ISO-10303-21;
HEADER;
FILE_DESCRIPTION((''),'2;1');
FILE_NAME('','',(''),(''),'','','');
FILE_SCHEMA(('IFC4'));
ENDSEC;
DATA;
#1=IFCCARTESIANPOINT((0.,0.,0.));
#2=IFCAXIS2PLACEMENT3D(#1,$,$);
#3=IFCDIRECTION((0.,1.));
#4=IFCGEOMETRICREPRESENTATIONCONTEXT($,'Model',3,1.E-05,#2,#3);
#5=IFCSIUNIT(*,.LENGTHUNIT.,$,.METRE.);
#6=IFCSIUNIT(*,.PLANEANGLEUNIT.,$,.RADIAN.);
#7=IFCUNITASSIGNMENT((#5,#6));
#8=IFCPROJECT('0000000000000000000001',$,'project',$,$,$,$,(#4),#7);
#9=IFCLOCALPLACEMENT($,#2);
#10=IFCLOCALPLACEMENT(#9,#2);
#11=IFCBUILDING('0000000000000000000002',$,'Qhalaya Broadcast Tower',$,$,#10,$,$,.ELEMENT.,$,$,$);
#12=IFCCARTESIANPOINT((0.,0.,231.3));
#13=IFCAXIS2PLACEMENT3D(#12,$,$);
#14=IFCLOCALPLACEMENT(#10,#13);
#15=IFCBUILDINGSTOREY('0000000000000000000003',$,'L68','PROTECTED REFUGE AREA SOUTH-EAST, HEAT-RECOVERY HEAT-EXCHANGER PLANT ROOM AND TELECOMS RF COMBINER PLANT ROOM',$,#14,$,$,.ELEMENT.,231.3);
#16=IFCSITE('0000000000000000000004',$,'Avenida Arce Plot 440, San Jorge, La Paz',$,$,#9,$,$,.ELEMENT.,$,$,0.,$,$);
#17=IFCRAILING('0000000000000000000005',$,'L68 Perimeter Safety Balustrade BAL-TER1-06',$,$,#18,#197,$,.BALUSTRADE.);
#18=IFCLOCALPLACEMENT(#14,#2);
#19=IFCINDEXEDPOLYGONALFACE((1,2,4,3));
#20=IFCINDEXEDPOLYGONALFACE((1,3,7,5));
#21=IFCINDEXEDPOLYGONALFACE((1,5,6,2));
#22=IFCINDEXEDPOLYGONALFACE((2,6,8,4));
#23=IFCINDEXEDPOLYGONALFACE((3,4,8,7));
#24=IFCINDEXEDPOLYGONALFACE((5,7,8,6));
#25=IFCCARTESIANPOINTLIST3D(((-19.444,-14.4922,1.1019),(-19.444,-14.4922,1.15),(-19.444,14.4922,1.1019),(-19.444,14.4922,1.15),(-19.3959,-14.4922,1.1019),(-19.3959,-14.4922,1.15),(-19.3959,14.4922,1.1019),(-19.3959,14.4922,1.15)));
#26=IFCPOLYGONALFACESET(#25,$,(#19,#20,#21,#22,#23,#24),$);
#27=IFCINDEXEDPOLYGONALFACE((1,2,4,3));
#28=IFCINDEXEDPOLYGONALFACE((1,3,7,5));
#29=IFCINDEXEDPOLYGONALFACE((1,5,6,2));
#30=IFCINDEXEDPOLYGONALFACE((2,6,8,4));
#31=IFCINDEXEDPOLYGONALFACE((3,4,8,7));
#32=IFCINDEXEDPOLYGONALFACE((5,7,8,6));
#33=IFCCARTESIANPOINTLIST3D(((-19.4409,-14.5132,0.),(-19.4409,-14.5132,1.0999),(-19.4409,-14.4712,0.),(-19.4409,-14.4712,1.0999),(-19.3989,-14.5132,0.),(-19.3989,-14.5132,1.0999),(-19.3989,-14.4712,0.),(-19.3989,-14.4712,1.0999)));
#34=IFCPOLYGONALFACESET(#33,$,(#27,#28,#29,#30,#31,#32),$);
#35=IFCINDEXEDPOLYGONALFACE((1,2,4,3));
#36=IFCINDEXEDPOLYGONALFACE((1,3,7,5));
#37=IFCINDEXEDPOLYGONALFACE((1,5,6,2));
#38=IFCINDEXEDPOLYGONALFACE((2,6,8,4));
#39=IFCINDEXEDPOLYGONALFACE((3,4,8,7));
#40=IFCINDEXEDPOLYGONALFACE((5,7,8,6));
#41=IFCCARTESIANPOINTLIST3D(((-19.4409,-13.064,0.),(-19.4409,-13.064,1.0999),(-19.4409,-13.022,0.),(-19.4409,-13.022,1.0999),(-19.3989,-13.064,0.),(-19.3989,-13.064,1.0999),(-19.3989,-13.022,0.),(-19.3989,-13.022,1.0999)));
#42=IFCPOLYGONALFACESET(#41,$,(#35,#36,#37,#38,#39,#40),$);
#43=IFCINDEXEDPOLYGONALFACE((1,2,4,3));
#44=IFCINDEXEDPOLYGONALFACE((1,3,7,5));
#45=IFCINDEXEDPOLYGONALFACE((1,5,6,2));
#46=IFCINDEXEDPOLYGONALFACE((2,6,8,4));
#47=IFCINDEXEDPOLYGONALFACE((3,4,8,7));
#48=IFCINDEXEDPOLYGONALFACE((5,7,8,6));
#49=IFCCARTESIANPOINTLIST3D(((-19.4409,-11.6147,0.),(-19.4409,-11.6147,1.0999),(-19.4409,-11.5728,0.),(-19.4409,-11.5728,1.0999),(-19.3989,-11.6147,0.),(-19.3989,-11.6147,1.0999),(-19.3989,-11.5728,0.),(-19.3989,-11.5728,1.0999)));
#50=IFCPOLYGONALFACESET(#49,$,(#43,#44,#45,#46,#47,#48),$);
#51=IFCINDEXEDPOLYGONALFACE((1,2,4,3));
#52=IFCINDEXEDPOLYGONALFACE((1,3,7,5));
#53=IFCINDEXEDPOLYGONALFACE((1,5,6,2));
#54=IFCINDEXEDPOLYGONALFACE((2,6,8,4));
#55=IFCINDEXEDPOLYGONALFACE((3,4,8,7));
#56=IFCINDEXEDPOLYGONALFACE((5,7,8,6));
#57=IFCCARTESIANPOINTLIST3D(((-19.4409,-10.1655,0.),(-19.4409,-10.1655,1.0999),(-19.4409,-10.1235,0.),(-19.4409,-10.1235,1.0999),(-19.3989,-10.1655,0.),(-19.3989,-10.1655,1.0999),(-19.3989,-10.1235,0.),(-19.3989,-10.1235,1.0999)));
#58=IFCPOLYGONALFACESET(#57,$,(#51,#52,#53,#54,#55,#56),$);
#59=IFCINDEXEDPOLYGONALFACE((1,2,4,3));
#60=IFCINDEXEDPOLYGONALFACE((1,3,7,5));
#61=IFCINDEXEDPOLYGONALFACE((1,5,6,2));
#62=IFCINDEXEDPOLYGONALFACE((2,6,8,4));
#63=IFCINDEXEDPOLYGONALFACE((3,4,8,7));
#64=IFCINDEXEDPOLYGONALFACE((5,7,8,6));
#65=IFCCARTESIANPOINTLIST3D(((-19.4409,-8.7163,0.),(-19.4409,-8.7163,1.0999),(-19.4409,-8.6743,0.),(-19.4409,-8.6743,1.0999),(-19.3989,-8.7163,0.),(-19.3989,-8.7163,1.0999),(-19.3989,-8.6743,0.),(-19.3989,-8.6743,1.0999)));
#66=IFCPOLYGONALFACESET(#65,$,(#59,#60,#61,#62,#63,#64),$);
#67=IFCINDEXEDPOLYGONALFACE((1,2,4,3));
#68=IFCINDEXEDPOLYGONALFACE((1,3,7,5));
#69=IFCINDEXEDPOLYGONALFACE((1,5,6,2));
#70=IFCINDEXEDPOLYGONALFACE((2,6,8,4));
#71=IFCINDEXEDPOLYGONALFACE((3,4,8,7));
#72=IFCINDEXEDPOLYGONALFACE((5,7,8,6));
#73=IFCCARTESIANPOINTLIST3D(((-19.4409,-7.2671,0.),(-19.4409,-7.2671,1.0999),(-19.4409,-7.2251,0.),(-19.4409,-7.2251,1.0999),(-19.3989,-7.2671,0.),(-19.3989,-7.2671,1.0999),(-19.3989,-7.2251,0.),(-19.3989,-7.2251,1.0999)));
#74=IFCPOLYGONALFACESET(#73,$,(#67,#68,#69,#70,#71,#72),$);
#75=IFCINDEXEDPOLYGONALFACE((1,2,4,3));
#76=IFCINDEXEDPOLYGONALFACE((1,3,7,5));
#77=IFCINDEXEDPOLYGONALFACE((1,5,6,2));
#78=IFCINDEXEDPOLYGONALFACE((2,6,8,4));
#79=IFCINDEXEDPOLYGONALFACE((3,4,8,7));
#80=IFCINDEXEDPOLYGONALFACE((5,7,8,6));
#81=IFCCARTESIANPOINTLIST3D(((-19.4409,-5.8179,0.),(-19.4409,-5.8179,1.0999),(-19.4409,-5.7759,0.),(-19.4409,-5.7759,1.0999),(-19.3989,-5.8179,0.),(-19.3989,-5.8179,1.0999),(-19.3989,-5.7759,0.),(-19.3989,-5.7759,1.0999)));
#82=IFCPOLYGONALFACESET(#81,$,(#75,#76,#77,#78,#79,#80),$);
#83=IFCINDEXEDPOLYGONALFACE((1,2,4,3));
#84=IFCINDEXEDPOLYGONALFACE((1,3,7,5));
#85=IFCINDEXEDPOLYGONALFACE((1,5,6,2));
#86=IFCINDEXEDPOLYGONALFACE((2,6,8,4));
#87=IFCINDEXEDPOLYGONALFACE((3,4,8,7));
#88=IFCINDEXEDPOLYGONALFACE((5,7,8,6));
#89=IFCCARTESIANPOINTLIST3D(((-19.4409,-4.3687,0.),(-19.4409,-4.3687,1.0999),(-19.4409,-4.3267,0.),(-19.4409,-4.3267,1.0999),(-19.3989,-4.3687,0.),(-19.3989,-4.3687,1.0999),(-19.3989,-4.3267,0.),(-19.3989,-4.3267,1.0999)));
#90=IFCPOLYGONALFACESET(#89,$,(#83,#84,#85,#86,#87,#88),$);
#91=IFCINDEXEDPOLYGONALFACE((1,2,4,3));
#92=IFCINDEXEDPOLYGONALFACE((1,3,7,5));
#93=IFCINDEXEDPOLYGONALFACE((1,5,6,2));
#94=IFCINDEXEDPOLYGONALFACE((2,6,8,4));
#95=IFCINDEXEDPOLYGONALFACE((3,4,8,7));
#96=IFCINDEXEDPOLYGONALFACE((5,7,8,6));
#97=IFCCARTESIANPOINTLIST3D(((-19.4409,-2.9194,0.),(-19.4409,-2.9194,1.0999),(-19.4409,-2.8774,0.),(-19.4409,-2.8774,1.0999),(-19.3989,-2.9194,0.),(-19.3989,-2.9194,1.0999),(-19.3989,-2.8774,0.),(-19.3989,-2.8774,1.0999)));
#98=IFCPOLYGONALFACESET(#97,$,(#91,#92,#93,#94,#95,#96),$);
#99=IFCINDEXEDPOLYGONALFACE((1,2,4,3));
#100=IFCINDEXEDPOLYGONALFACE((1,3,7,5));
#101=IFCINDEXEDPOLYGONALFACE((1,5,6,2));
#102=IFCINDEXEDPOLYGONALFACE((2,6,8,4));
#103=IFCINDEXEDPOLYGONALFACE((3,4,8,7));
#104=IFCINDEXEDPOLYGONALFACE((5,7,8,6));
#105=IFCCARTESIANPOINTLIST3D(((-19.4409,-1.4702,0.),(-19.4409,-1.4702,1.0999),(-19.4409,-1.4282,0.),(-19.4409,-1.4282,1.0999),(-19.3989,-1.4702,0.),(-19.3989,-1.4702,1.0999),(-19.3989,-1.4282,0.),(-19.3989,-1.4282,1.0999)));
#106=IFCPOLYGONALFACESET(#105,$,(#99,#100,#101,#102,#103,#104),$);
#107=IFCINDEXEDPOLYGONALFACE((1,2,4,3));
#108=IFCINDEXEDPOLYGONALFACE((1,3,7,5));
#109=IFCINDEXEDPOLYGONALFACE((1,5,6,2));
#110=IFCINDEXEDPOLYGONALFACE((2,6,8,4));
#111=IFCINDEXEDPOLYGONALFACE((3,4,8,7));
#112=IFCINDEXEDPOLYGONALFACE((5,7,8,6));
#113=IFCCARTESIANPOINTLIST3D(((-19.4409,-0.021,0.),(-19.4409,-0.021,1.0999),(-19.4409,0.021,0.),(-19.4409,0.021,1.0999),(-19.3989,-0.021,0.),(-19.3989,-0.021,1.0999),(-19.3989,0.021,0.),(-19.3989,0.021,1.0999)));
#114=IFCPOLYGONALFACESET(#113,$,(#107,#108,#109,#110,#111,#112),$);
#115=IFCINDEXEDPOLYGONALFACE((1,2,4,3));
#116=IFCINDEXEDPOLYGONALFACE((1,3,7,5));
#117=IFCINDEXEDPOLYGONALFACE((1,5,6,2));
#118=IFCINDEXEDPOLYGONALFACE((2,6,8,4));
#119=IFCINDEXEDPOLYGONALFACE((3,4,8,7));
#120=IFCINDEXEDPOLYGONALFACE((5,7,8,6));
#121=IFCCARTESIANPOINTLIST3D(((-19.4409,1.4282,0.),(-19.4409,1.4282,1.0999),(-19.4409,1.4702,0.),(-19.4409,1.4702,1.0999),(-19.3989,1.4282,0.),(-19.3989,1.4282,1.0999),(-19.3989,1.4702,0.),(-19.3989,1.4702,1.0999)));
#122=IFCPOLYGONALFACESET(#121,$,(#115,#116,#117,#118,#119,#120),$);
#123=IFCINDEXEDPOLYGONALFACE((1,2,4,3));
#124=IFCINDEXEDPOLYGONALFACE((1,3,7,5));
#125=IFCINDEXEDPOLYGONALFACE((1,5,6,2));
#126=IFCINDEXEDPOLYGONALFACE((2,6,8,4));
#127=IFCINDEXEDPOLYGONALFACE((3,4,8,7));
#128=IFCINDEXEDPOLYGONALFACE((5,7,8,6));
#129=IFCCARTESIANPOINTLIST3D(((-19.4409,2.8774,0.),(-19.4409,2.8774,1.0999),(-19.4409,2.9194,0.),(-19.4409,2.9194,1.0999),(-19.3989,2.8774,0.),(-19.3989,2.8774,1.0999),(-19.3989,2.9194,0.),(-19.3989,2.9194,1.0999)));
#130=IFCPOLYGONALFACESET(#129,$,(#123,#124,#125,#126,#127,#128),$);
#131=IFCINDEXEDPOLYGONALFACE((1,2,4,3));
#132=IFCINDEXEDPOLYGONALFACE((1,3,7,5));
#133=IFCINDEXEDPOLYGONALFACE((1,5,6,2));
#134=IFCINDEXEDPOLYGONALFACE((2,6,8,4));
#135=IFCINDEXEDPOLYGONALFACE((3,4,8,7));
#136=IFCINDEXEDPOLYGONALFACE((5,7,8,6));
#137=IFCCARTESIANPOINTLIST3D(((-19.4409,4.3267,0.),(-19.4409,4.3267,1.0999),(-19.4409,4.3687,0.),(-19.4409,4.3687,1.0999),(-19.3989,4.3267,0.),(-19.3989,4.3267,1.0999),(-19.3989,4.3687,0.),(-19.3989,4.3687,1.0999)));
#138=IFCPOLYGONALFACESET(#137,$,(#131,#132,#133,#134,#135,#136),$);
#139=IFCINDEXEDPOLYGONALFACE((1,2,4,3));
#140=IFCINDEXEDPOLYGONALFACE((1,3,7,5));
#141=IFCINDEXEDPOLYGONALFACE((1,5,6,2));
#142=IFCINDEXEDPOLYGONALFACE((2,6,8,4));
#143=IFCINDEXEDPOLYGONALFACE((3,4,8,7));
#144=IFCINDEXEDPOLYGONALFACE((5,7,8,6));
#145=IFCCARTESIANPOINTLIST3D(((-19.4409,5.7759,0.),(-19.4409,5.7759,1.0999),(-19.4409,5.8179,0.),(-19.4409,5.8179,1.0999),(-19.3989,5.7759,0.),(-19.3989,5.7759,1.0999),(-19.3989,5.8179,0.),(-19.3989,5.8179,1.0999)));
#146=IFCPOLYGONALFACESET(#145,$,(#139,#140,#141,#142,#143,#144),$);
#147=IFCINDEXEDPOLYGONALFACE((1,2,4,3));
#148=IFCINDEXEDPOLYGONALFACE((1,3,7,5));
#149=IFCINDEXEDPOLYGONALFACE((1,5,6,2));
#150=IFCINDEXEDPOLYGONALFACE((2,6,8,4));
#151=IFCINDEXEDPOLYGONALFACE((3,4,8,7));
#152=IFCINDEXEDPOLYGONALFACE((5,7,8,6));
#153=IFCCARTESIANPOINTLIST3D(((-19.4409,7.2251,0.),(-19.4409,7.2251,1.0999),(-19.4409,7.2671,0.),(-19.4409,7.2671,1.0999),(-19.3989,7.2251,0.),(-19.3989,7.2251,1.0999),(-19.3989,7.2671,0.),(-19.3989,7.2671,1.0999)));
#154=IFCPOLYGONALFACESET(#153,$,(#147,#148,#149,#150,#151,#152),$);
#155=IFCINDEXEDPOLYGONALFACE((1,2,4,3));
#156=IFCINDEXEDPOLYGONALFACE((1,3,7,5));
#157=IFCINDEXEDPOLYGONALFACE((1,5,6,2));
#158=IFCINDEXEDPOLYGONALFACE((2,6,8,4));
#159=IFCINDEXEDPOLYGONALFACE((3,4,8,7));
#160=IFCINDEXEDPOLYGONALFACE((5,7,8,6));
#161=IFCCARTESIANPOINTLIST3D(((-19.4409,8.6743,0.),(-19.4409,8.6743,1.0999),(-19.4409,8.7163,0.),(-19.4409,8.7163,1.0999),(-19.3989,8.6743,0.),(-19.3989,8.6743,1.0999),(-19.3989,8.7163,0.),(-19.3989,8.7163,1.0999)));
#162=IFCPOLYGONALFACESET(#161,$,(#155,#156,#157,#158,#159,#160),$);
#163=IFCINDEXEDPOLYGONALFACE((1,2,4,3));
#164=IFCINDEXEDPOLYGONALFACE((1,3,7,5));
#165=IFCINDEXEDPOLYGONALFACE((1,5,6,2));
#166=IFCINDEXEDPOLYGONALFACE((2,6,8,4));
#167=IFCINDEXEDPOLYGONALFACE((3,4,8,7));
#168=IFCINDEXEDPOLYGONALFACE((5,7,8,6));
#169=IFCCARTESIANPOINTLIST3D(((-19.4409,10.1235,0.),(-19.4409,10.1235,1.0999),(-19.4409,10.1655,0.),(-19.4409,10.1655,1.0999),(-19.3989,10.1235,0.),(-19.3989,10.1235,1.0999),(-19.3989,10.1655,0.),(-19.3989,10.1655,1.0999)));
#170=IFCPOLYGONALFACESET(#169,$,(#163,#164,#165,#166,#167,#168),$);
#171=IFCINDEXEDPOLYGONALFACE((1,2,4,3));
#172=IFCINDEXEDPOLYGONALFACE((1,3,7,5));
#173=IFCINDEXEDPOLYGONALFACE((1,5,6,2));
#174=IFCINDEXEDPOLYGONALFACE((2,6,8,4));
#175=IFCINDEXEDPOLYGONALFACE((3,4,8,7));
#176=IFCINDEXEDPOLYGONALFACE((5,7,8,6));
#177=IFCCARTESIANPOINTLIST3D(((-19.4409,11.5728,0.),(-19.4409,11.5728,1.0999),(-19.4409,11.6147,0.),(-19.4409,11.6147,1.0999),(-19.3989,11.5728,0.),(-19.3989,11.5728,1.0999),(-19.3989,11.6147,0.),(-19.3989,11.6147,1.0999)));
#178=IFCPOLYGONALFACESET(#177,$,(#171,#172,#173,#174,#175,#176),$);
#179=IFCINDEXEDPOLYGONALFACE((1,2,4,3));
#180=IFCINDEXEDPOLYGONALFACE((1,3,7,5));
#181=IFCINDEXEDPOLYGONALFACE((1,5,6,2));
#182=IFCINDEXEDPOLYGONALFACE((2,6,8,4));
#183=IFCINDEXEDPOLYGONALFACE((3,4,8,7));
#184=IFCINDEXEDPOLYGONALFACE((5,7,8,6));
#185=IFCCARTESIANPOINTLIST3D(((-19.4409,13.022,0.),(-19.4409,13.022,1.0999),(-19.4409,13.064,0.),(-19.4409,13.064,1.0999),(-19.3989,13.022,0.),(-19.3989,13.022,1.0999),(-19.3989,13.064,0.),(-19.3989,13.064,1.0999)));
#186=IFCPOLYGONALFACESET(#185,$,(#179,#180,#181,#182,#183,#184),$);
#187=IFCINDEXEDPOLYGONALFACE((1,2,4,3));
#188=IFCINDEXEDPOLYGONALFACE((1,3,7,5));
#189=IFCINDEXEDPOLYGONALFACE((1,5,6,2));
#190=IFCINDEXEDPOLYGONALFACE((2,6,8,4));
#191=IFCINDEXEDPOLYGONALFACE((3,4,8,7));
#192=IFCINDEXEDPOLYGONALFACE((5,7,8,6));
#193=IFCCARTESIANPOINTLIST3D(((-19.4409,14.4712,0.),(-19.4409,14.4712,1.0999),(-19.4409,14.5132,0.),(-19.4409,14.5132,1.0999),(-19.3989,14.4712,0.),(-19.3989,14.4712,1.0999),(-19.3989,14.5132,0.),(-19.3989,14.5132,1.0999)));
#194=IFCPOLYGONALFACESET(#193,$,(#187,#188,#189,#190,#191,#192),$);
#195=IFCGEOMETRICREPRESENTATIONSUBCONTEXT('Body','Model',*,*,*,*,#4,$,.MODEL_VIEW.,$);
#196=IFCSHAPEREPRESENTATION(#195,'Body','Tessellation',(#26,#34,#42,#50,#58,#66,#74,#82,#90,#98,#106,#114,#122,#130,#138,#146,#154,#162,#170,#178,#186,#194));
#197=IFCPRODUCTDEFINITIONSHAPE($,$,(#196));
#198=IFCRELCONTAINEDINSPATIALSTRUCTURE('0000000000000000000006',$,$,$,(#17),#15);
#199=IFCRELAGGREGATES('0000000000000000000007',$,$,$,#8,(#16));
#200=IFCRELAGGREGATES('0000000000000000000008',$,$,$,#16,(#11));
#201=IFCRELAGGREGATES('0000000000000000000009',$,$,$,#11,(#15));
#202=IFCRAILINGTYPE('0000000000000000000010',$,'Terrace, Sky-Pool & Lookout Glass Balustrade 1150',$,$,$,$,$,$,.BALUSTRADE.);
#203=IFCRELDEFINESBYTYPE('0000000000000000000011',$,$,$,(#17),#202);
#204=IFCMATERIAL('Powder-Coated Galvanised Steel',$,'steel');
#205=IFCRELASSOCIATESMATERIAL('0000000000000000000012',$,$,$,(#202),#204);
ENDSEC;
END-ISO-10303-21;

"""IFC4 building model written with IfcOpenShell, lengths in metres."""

from ifc_helpers import new_model, si_unit, direction, frame, origin, origin_2d, place, context, subcontext, project, spatial, rectangle, extrude, material, type_object, element, save


model = new_model("IFC4")

# Units and contexts
model_context = context("Model", 3, precision=1e-05, world=origin(), true_north=direction((0.0, 1.0)))
body_context = subcontext(model_context, "Body", "Model", "MODEL_VIEW")
ifc_project = project(units=[si_unit("LENGTHUNIT", "METRE"), si_unit("PLANEANGLEUNIT", "RADIAN")], contexts=[model_context])

# Site, building, storey
site_placement = place(None, origin())
site = spatial("IfcSite", under=ifc_project, at=site_placement, Name="Avenida Arce Plot 440, San Jorge, La Paz", CompositionType="ELEMENT", RefElevation=0.0)
building_placement = place(site_placement, origin())
building = spatial("IfcBuilding", under=site, at=building_placement, Name="Qhalaya Broadcast Tower", CompositionType="ELEMENT")
storey_placement = place(building_placement, frame((0.0, 0.0, 231.3)))
storey = spatial("IfcBuildingStorey", under=building, at=storey_placement, Name="L68", Description="PROTECTED REFUGE AREA SOUTH-EAST, HEAT-RECOVERY HEAT-EXCHANGER PLANT ROOM AND TELECOMS RF COMBINER PLANT ROOM", CompositionType="ELEMENT", Elevation=231.3)

# Railing
ifc_material_1 = material(Name="Powder-Coated Galvanised Steel", Category="steel")
railing_type = type_object("IfcRailingType", Name="Terrace, Sky-Pool & Lookout Glass Balustrade 1150", PredefinedType="BALUSTRADE", material=ifc_material_1)
railing_1_placement = place(storey_placement, frame((-19.4199, -14.4922, 0.0)))
element("IfcRailing", 1, at=railing_1_placement, inside=storey, type_object=railing_type, Name="L68 Perimeter Safety Balustrade BAL-TER1-06", PredefinedType="BALUSTRADE", context=body_context, shape_type="SweptSolid", body=[
    extrude(rectangle(XDim=0.0481, YDim=0.0481, at=origin_2d()), frame((0.0, 0.0, 1.126), z_axis=(0.0, 1.0, 0.0), x_axis=(-1.0, 0.0, 0.0)), (0.0, 0.0, 1.0), 28.9844),
    extrude(rectangle(XDim=0.042, YDim=0.042, at=origin_2d()), origin(), (0.0, 0.0, 1.0), 1.0999),
    extrude(rectangle(XDim=0.042, YDim=0.042, at=origin_2d()), frame((0.0, 1.4492, 0.0)), (0.0, 0.0, 1.0), 1.0999),
    extrude(rectangle(XDim=0.042, YDim=0.042, at=origin_2d()), frame((0.0, 2.8984, 0.0)), (0.0, 0.0, 1.0), 1.0999),
    extrude(rectangle(XDim=0.042, YDim=0.042, at=origin_2d()), frame((0.0, 4.3477, 0.0)), (0.0, 0.0, 1.0), 1.0999),
    extrude(rectangle(XDim=0.042, YDim=0.042, at=origin_2d()), frame((0.0, 5.7969, 0.0)), (0.0, 0.0, 1.0), 1.0999),
    extrude(rectangle(XDim=0.042, YDim=0.042, at=origin_2d()), frame((0.0, 7.2461, 0.0)), (0.0, 0.0, 1.0), 1.0999),
    extrude(rectangle(XDim=0.042, YDim=0.042, at=origin_2d()), frame((0.0, 8.6953, 0.0)), (0.0, 0.0, 1.0), 1.0999),
    extrude(rectangle(XDim=0.042, YDim=0.042, at=origin_2d()), frame((0.0, 10.1445, 0.0)), (0.0, 0.0, 1.0), 1.0999),
    extrude(rectangle(XDim=0.042, YDim=0.042, at=origin_2d()), frame((0.0, 11.5938, 0.0)), (0.0, 0.0, 1.0), 1.0999),
    extrude(rectangle(XDim=0.042, YDim=0.042, at=origin_2d()), frame((0.0, 13.043, 0.0)), (0.0, 0.0, 1.0), 1.0999),
    extrude(rectangle(XDim=0.042, YDim=0.042, at=origin_2d()), frame((0.0, 14.4922, 0.0)), (0.0, 0.0, 1.0), 1.0999),
    extrude(rectangle(XDim=0.042, YDim=0.042, at=origin_2d()), frame((0.0, 15.9414, 0.0)), (0.0, 0.0, 1.0), 1.0999),
    extrude(rectangle(XDim=0.042, YDim=0.042, at=origin_2d()), frame((0.0, 17.3906, 0.0)), (0.0, 0.0, 1.0), 1.0999),
    extrude(rectangle(XDim=0.042, YDim=0.042, at=origin_2d()), frame((0.0, 18.8398, 0.0)), (0.0, 0.0, 1.0), 1.0999),
    extrude(rectangle(XDim=0.042, YDim=0.042, at=origin_2d()), frame((0.0, 20.2891, 0.0)), (0.0, 0.0, 1.0), 1.0999),
    extrude(rectangle(XDim=0.042, YDim=0.042, at=origin_2d()), frame((0.0, 21.7383, 0.0)), (0.0, 0.0, 1.0), 1.0999),
    extrude(rectangle(XDim=0.042, YDim=0.042, at=origin_2d()), frame((0.0, 23.1875, 0.0)), (0.0, 0.0, 1.0), 1.0999),
    extrude(rectangle(XDim=0.042, YDim=0.042, at=origin_2d()), frame((0.0, 24.6367, 0.0)), (0.0, 0.0, 1.0), 1.0999),
    extrude(rectangle(XDim=0.042, YDim=0.042, at=origin_2d()), frame((0.0, 26.0859, 0.0)), (0.0, 0.0, 1.0), 1.0999),
    extrude(rectangle(XDim=0.042, YDim=0.042, at=origin_2d()), frame((0.0, 27.5352, 0.0)), (0.0, 0.0, 1.0), 1.0999),
    extrude(rectangle(XDim=0.042, YDim=0.042, at=origin_2d()), frame((0.0, 28.9844, 0.0)), (0.0, 0.0, 1.0), 1.0999),
])

save(model, "model.ifc")
